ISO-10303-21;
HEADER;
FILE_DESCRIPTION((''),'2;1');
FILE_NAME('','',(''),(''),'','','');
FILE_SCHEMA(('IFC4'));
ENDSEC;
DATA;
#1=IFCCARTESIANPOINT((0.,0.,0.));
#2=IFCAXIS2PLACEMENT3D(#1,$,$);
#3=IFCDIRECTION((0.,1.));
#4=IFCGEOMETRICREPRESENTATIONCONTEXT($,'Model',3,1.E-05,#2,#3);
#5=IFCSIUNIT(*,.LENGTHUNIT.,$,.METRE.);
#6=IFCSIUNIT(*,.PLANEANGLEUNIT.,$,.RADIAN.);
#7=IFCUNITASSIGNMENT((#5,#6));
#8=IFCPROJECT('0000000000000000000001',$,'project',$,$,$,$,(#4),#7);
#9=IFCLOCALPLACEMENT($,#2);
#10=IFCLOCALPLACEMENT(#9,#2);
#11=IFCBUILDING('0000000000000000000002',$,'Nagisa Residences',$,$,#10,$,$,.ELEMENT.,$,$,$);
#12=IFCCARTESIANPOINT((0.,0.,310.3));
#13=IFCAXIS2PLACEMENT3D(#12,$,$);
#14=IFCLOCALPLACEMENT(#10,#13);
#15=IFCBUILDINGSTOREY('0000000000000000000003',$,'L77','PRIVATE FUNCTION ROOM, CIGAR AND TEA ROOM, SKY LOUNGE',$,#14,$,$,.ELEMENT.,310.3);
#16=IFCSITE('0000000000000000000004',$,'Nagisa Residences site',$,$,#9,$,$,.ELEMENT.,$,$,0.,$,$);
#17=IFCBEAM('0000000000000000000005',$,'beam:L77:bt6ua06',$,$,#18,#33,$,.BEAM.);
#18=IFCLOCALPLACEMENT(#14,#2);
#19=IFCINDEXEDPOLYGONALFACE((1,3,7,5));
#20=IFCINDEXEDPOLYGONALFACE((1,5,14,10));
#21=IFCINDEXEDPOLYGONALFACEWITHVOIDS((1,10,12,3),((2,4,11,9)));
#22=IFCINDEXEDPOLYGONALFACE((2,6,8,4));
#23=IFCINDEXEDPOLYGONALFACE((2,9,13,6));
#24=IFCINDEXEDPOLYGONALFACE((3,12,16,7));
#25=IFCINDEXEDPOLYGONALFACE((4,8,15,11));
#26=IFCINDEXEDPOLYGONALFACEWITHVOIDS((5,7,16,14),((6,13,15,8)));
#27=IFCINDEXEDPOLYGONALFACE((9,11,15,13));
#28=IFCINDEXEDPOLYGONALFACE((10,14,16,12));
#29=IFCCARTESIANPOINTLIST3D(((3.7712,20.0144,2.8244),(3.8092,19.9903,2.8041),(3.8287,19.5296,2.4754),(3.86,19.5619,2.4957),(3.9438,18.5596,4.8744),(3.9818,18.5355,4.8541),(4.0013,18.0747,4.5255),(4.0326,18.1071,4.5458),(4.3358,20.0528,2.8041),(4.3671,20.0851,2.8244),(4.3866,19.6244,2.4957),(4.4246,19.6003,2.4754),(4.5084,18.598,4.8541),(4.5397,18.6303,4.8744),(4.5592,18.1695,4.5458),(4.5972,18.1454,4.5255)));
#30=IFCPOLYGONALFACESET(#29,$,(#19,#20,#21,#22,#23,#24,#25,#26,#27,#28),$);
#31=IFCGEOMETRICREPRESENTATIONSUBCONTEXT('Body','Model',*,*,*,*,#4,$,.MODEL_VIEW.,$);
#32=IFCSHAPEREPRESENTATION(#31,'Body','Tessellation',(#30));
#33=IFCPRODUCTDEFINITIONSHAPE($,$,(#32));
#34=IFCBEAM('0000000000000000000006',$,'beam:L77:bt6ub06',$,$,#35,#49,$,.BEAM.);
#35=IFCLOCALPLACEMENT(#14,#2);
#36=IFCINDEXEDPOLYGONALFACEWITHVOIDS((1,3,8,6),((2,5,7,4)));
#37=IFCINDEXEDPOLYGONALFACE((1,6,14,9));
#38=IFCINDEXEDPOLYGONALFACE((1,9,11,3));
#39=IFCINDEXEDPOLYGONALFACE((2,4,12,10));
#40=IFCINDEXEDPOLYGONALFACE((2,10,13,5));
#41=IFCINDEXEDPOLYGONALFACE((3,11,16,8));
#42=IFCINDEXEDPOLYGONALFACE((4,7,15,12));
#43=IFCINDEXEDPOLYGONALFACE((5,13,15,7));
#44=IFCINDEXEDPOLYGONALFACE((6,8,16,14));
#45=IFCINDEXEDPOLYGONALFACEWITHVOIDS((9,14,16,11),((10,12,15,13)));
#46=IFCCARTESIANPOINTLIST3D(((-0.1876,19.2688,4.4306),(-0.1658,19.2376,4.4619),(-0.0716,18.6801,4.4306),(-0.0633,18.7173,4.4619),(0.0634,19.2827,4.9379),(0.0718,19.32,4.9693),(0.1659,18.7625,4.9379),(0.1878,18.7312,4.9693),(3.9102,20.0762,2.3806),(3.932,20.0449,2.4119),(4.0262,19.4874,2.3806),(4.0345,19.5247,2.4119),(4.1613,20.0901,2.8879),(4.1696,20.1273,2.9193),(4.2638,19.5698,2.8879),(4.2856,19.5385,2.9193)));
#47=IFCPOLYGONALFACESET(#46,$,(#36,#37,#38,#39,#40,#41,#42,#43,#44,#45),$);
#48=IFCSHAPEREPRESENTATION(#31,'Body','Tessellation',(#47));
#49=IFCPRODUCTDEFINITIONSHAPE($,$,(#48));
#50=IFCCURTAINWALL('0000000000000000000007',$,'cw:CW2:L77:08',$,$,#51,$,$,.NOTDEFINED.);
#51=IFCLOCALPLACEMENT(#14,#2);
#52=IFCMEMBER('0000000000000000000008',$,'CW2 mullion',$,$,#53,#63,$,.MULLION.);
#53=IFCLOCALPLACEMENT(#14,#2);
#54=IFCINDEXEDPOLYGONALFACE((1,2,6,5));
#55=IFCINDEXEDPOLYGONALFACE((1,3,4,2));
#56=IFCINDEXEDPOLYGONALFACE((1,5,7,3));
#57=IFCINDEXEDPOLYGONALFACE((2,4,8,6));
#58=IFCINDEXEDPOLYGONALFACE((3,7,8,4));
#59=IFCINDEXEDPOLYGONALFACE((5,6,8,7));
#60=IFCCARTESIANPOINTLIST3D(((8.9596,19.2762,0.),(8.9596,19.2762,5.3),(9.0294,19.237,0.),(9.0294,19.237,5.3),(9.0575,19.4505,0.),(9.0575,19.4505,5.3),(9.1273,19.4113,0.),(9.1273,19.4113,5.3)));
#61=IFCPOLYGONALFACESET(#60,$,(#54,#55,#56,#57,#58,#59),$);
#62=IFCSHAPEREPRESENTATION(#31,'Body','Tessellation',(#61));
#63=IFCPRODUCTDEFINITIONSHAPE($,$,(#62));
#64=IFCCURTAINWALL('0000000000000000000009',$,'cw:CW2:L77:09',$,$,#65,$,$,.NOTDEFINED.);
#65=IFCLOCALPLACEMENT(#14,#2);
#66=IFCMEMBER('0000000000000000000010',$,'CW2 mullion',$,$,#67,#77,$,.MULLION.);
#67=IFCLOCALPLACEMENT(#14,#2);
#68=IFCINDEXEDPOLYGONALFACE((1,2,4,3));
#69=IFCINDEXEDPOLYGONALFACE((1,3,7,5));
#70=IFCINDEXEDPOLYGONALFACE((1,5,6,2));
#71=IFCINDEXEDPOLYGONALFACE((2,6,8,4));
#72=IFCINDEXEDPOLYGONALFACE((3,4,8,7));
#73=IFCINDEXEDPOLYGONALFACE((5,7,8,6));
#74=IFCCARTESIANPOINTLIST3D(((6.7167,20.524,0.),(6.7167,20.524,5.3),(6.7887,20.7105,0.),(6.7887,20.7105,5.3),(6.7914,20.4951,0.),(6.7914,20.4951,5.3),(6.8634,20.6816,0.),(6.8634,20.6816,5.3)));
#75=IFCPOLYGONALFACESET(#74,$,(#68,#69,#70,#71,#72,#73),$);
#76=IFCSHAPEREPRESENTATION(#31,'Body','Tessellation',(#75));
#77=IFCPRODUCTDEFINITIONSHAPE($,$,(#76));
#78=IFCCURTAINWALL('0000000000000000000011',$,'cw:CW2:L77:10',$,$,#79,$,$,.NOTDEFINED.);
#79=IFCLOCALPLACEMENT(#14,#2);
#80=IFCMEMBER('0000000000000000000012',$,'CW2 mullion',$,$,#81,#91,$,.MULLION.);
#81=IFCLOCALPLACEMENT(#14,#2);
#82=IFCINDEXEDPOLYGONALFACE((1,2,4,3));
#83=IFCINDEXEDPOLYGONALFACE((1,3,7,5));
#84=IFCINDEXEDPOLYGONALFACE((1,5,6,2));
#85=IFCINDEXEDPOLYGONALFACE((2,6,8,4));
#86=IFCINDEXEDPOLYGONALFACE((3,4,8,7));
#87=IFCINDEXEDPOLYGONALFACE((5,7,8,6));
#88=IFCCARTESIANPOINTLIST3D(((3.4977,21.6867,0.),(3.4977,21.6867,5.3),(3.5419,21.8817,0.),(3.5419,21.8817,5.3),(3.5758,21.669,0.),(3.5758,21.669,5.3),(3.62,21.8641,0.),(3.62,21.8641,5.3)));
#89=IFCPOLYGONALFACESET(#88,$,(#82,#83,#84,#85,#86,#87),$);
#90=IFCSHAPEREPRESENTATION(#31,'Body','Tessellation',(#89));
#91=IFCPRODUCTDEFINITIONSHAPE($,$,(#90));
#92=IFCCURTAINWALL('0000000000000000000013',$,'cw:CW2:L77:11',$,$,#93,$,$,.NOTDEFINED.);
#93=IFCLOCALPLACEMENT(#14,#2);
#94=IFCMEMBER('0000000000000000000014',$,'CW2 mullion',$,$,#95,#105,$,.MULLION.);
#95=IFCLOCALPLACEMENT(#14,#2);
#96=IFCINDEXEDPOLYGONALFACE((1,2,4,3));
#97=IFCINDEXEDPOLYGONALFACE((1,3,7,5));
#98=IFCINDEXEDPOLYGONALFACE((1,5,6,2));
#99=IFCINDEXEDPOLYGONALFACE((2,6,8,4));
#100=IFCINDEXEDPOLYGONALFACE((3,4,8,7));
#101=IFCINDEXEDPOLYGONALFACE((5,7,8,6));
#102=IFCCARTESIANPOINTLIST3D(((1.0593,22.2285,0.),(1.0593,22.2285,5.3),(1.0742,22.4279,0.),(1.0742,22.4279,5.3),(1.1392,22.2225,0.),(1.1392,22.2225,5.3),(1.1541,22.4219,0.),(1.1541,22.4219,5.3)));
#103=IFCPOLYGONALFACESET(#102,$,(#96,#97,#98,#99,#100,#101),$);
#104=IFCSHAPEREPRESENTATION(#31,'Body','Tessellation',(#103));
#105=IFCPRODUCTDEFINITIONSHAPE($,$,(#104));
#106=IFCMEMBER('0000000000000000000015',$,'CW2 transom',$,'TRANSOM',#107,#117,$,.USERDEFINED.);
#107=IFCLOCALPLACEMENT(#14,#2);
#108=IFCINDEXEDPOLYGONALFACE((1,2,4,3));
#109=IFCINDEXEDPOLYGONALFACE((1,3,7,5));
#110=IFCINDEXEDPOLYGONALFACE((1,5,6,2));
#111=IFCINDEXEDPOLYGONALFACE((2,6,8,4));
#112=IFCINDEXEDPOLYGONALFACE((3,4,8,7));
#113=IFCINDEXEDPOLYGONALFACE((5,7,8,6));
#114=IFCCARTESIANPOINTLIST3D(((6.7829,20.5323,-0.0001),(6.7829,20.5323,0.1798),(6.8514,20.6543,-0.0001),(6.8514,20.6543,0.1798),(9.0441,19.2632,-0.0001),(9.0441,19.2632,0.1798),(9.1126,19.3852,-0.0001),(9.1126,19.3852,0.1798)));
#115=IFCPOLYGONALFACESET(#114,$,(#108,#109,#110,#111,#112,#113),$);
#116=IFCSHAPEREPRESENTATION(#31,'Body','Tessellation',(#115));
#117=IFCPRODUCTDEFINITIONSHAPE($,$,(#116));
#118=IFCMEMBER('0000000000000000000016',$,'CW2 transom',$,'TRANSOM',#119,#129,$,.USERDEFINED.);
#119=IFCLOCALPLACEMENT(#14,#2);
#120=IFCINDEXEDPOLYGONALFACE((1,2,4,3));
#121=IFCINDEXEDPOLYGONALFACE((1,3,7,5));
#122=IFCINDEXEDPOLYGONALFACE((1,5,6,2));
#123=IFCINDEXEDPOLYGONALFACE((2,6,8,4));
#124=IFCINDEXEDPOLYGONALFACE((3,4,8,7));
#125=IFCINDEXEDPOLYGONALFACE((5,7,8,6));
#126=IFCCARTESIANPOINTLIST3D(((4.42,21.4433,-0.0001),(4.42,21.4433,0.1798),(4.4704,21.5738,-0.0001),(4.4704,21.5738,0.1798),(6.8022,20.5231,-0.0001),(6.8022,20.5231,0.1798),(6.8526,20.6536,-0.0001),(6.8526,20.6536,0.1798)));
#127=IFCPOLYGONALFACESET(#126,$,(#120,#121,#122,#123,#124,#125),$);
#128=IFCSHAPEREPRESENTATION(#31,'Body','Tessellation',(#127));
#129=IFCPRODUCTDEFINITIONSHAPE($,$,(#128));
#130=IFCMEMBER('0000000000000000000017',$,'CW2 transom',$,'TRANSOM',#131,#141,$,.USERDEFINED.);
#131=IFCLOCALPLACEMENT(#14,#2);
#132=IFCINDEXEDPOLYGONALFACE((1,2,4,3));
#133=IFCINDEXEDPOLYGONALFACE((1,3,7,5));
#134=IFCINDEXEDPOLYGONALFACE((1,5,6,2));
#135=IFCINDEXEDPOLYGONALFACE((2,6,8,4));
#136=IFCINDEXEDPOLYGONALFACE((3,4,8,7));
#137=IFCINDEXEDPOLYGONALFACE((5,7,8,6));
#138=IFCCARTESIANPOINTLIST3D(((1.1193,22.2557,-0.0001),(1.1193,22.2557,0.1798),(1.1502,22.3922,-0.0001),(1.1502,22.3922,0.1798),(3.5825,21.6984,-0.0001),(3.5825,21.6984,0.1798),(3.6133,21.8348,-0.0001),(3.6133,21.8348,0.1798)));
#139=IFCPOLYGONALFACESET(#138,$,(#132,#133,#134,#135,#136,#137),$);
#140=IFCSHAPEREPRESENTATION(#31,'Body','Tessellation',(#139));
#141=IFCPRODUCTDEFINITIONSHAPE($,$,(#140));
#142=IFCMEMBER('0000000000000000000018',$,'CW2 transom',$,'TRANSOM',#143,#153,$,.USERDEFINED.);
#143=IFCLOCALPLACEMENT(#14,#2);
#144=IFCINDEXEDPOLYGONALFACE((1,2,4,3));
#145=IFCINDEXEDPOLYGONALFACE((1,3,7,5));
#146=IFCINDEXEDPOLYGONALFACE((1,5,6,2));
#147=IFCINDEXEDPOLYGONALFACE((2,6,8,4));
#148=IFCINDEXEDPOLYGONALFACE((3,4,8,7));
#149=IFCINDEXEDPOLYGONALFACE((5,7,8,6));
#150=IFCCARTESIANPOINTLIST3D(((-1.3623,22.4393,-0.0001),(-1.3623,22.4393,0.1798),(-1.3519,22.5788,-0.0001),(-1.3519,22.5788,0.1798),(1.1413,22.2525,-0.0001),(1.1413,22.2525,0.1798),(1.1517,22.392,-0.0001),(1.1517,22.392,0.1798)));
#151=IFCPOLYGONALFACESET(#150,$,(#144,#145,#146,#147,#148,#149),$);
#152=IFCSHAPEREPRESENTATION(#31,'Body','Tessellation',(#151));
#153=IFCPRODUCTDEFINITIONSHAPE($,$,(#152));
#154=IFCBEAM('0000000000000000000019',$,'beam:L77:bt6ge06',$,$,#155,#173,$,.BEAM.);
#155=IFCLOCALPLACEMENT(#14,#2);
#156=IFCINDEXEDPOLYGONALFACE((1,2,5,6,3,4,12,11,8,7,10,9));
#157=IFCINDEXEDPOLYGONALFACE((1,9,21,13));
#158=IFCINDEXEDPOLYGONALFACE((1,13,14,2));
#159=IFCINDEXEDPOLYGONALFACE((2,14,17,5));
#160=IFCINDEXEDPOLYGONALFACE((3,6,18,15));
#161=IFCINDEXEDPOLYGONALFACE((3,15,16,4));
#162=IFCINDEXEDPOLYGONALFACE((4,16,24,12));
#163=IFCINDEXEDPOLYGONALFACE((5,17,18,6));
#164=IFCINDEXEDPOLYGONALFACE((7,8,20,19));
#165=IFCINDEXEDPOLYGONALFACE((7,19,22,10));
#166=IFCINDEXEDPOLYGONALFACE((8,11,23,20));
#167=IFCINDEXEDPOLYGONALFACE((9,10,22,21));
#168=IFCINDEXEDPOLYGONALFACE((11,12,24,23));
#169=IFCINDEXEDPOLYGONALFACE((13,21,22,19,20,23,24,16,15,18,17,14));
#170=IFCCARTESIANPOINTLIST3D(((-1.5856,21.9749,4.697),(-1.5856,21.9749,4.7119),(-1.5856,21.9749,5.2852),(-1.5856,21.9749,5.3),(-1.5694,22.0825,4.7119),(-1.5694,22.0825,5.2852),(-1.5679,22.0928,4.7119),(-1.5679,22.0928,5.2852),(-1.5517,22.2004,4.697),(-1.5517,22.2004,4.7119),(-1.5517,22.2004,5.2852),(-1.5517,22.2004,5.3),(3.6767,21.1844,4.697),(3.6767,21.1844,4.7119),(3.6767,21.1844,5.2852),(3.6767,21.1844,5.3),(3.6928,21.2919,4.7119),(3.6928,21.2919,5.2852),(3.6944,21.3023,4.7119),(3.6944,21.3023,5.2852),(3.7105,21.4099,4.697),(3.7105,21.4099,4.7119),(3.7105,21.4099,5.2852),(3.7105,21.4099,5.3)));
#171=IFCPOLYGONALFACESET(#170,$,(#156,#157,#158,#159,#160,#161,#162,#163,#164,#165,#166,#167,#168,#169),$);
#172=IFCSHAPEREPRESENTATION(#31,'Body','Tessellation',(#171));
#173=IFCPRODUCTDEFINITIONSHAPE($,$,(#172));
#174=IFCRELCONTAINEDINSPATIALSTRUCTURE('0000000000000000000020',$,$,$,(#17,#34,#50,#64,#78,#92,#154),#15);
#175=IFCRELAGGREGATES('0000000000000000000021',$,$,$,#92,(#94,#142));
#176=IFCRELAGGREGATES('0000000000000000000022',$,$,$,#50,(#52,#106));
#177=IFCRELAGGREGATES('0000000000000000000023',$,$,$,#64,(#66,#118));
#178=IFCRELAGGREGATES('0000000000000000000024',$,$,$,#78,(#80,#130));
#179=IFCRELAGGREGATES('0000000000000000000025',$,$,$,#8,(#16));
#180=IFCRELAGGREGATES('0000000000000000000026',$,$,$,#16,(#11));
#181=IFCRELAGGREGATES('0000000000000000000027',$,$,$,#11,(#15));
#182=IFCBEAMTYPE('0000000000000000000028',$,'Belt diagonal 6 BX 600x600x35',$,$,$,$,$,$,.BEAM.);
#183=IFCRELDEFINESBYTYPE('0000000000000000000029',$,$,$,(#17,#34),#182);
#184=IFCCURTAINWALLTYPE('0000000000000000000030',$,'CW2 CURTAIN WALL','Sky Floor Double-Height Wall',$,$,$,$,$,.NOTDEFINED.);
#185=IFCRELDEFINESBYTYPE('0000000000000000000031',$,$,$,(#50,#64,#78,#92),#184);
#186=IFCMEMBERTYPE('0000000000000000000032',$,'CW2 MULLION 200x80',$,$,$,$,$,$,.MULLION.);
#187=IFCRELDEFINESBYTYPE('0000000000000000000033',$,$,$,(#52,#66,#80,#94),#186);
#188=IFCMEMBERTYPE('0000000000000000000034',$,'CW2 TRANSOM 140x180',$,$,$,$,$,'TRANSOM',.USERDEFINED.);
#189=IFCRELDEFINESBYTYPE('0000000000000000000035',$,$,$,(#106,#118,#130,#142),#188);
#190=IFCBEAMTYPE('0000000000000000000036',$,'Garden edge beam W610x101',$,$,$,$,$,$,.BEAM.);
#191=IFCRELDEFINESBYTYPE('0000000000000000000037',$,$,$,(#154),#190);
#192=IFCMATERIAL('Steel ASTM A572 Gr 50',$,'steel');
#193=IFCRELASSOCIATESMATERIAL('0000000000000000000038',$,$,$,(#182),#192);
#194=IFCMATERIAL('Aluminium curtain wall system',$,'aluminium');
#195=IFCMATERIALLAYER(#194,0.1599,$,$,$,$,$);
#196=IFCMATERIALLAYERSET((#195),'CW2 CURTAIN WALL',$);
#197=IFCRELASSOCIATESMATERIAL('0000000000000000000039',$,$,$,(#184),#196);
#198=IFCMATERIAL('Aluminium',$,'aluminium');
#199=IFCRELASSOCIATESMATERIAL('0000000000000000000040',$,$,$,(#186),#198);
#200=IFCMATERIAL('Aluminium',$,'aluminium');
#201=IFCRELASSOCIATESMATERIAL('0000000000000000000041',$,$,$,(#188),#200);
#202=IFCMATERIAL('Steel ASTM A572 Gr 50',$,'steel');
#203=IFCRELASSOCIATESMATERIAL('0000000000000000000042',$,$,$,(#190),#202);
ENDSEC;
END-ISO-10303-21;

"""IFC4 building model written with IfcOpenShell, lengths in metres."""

from ifc_helpers import new_model, si_unit, direction, frame, origin, origin_2d, place, context, subcontext, project, spatial, rectangle, hollow_rectangle, i_section, extrude, material, layer, layer_set, material_profile, profile_set, type_object, element, aggregate, save


model = new_model("IFC4")

# Units and contexts
model_context = context("Model", 3, precision=1e-05, world=origin(), true_north=direction((0.0, 1.0)))
body_context = subcontext(model_context, "Body", "Model", "MODEL_VIEW")
ifc_project = project(units=[si_unit("LENGTHUNIT", "METRE"), si_unit("PLANEANGLEUNIT", "RADIAN")], contexts=[model_context])

# Site, building, storey
site_placement = place(None, origin())
site = spatial("IfcSite", under=ifc_project, at=site_placement, Name="Nagisa Residences site", CompositionType="ELEMENT", RefElevation=0.0)
building_placement = place(site_placement, origin())
building = spatial("IfcBuilding", under=site, at=building_placement, Name="Nagisa Residences", CompositionType="ELEMENT")
storey_placement = place(building_placement, frame((0.0, 0.0, 310.3)))
storey = spatial("IfcBuildingStorey", under=building, at=storey_placement, Name="L77", Description="PRIVATE FUNCTION ROOM, CIGAR AND TEA ROOM, SKY LOUNGE", CompositionType="ELEMENT", Elevation=310.3)

# Beams
ifc_material_1 = material(Name="Steel ASTM A572 Gr 50", Category="steel")
ifc_material_profile_1 = material_profile(ifc_material_1, hollow_rectangle(XDim=0.6001, YDim=0.6001, WallThickness=0.0349, at=origin_2d()), Name="BX 600x600x35")
ifc_profile_set_1 = profile_set([ifc_material_profile_1], Name="Steel ASTM A572 Gr 50")
beam_type_1 = type_object("IfcBeamType", Name="Belt diagonal 6 BX 600x600x35", PredefinedType="BEAM", material=ifc_profile_set_1)
for number, where, z_axis, x_axis, name in (
    (1, (4.0979, 19.8074, 2.6499), (0.068502, -0.577377, 0.813599), (0.993035, 0.117818, 0.0), "beam:L77:bt6ua06"),
):
    element("IfcBeam", number, at=place(storey_placement, frame(where, z_axis=z_axis, x_axis=x_axis)), inside=storey, type_object=beam_type_1, Name=name, PredefinedType="BEAM", context=body_context, shape_type="SweptSolid", body=[
        extrude(hollow_rectangle(XDim=0.6001, YDim=0.6001, WallThickness=0.0349, at=origin_2d()), origin(), (0.0, 0.0, 1.0), 2.5198),
    ])
beam_1_placement = place(storey_placement, frame((4.0979, 19.8074, 2.6499), z_axis=(-0.880763, -0.173529, 0.440618), x_axis=(0.193305, -0.981139, 0.0)))
element("IfcBeam", 2, at=beam_1_placement, inside=storey, type_object=beam_type_1, Name="beam:L77:bt6ub06", PredefinedType="BEAM", context=body_context, shape_type="SweptSolid", body=[
    extrude(hollow_rectangle(XDim=0.6001, YDim=0.6001, WallThickness=0.0349, at=origin_2d()), origin(), (0.0, 0.0, 1.0), 4.6526),
])

# Curtain walls, members
ifc_material_2 = material(Name="Aluminium curtain wall system", Category="aluminium")
ifc_layer_1 = layer(ifc_material_2, 0.1599)
ifc_layer_set_1 = layer_set([ifc_layer_1], Name="CW2 CURTAIN WALL")
curtain_wall_type = type_object("IfcCurtainWallType", Name="CW2 CURTAIN WALL", Description="Sky Floor Double-Height Wall", PredefinedType="NOTDEFINED", material=ifc_layer_set_1)
curtain_wall_1_placement = place(storey_placement, origin())
curtain_wall_1 = element("IfcCurtainWall", 3, at=curtain_wall_1_placement, inside=storey, type_object=curtain_wall_type, Name="cw:CW2:L77:08", PredefinedType="NOTDEFINED")
ifc_material_3 = material(Name="Aluminium", Category="aluminium")
ifc_material_profile_2 = material_profile(ifc_material_3, rectangle(XDim=0.2, YDim=0.0801, at=origin_2d()), Name="CW2 MULLION 200x80")
ifc_profile_set_2 = profile_set([ifc_material_profile_2], Name="Aluminium")
member_type_1 = type_object("IfcMemberType", Name="CW2 MULLION 200x80", PredefinedType="MULLION", material=ifc_profile_set_2)
member_1_placement = place(storey_placement, frame((9.0435, 19.3438, 0.0), z_axis=(0.0, 0.0, 1.0), x_axis=(-0.489377, -0.872072, 0.0)))
member_1 = element("IfcMember", 4, at=member_1_placement, type_object=member_type_1, Name="CW2 mullion", PredefinedType="MULLION", context=body_context, shape_type="SweptSolid", body=[
    extrude(rectangle(XDim=0.2, YDim=0.0801, at=origin_2d()), origin(), (0.0, 0.0, 1.0), 5.3),
])
curtain_wall_2_placement = place(storey_placement, origin())
curtain_wall_2 = element("IfcCurtainWall", 5, at=curtain_wall_2_placement, inside=storey, type_object=curtain_wall_type, Name="cw:CW2:L77:09", PredefinedType="NOTDEFINED")
member_2_placement = place(storey_placement, frame((6.79, 20.6028, 0.0), z_axis=(0.0, 0.0, 1.0), x_axis=(-0.360328, -0.932826, 0.0)))
member_2 = element("IfcMember", 6, at=member_2_placement, type_object=member_type_1, Name="CW2 mullion", PredefinedType="MULLION", context=body_context, shape_type="SweptSolid", body=[
    extrude(rectangle(XDim=0.2, YDim=0.0801, at=origin_2d()), origin(), (0.0, 0.0, 1.0), 5.3),
])
curtain_wall_3_placement = place(storey_placement, origin())
curtain_wall_3 = element("IfcCurtainWall", 7, at=curtain_wall_3_placement, inside=storey, type_object=curtain_wall_type, Name="cw:CW2:L77:10", PredefinedType="NOTDEFINED")
member_3_placement = place(storey_placement, frame((3.5588, 21.7754, 0.0), z_axis=(0.0, 0.0, 1.0), x_axis=(-0.220764, -0.975327, 0.0)))
member_3 = element("IfcMember", 8, at=member_3_placement, type_object=member_type_1, Name="CW2 mullion", PredefinedType="MULLION", context=body_context, shape_type="SweptSolid", body=[
    extrude(rectangle(XDim=0.2, YDim=0.0801, at=origin_2d()), origin(), (0.0, 0.0, 1.0), 5.3),
])
curtain_wall_4_placement = place(storey_placement, origin())
curtain_wall_4 = element("IfcCurtainWall", 9, at=curtain_wall_4_placement, inside=storey, type_object=curtain_wall_type, Name="cw:CW2:L77:11", PredefinedType="NOTDEFINED")
member_4_placement = place(storey_placement, frame((1.1067, 22.3252, 0.0), z_axis=(0.0, 0.0, 1.0), x_axis=(-0.074377, -0.99723, 0.0)))
member_4 = element("IfcMember", 10, at=member_4_placement, type_object=member_type_1, Name="CW2 mullion", PredefinedType="MULLION", context=body_context, shape_type="SweptSolid", body=[
    extrude(rectangle(XDim=0.2, YDim=0.0801, at=origin_2d()), origin(), (0.0, 0.0, 1.0), 5.3),
])

# Members
ifc_material_4 = material(Name="Aluminium", Category="aluminium")
ifc_material_profile_3 = material_profile(ifc_material_4, rectangle(XDim=0.1399, YDim=0.1799, at=origin_2d()), Name="CW2 TRANSOM 140x180")
ifc_profile_set_3 = profile_set([ifc_material_profile_3], Name="Aluminium")
member_type_2 = type_object("IfcMemberType", Name="CW2 TRANSOM 140x180", ElementType="TRANSOM", PredefinedType="USERDEFINED", material=ifc_profile_set_3)
member_5_placement = place(storey_placement, frame((9.0784, 19.3242, 0.0898), z_axis=(-0.872053, 0.489412, 0.0), x_axis=(-0.489412, -0.872053, 0.0)))
member_5 = element("IfcMember", 11, at=member_5_placement, type_object=member_type_2, Name="CW2 transom", ObjectType="TRANSOM", PredefinedType="USERDEFINED", context=body_context, shape_type="SweptSolid", body=[
    extrude(rectangle(XDim=0.1399, YDim=0.1799, at=origin_2d()), origin(), (0.0, 0.0, 1.0), 2.593),
])
member_6_placement = place(storey_placement, frame((6.8274, 20.5884, 0.0898), z_axis=(-0.932822, 0.360337, 0.0), x_axis=(-0.360337, -0.932822, 0.0)))
member_6 = element("IfcMember", 12, at=member_6_placement, type_object=member_type_2, Name="CW2 transom", ObjectType="TRANSOM", PredefinedType="USERDEFINED", context=body_context, shape_type="SweptSolid", body=[
    extrude(rectangle(XDim=0.1399, YDim=0.1799, at=origin_2d()), origin(), (0.0, 0.0, 1.0), 2.5537),
])
member_7_placement = place(storey_placement, frame((3.5979, 21.7666, 0.0898), z_axis=(-0.97534, 0.220706, 0.0), x_axis=(-0.220706, -0.97534, 0.0)))
member_7 = element("IfcMember", 13, at=member_7_placement, type_object=member_type_2, Name="CW2 transom", ObjectType="TRANSOM", PredefinedType="USERDEFINED", context=body_context, shape_type="SweptSolid", body=[
    extrude(rectangle(XDim=0.1399, YDim=0.1799, at=origin_2d()), origin(), (0.0, 0.0, 1.0), 2.5254),
])
member_8_placement = place(storey_placement, frame((1.1465, 22.3223, 0.0898), z_axis=(-0.997229, 0.074391, 0.0), x_axis=(-0.074391, -0.997229, 0.0)))
member_8 = element("IfcMember", 14, at=member_8_placement, type_object=member_type_2, Name="CW2 transom", ObjectType="TRANSOM", PredefinedType="USERDEFINED", context=body_context, shape_type="SweptSolid", body=[
    extrude(rectangle(XDim=0.1399, YDim=0.1799, at=origin_2d()), origin(), (0.0, 0.0, 1.0), 2.5105),
])
aggregate(curtain_wall_4, [member_4, member_8])

# Beam
ifc_material_5 = material(Name="Steel ASTM A572 Gr 50", Category="steel")
ifc_material_profile_4 = material_profile(ifc_material_5, i_section(OverallWidth=0.228, OverallDepth=0.603, WebThickness=0.0105, FlangeThickness=0.0149, at=origin_2d()), Name="W610x101")
ifc_profile_set_4 = profile_set([ifc_material_profile_4], Name="Steel ASTM A572 Gr 50")
beam_type_2 = type_object("IfcBeamType", Name="Garden edge beam W610x101", PredefinedType="BEAM", material=ifc_profile_set_4)
beam_2_placement = place(storey_placement, frame((3.6936, 21.2971, 4.9985), z_axis=(-0.988903, 0.14856, 0.0), x_axis=(-0.14856, -0.988903, 0.0)))
element("IfcBeam", 15, at=beam_2_placement, inside=storey, type_object=beam_type_2, Name="beam:L77:bt6ge06", PredefinedType="BEAM", context=body_context, shape_type="SweptSolid", body=[
    extrude(i_section(OverallWidth=0.228, OverallDepth=0.603, WebThickness=0.0105, FlangeThickness=0.0149, at=origin_2d()), origin(), (0.0, 0.0, 1.0), 5.3213),
])

aggregate(curtain_wall_1, [member_1, member_5])
aggregate(curtain_wall_2, [member_2, member_6])
aggregate(curtain_wall_3, [member_3, member_7])

save(model, "model.ifc")
